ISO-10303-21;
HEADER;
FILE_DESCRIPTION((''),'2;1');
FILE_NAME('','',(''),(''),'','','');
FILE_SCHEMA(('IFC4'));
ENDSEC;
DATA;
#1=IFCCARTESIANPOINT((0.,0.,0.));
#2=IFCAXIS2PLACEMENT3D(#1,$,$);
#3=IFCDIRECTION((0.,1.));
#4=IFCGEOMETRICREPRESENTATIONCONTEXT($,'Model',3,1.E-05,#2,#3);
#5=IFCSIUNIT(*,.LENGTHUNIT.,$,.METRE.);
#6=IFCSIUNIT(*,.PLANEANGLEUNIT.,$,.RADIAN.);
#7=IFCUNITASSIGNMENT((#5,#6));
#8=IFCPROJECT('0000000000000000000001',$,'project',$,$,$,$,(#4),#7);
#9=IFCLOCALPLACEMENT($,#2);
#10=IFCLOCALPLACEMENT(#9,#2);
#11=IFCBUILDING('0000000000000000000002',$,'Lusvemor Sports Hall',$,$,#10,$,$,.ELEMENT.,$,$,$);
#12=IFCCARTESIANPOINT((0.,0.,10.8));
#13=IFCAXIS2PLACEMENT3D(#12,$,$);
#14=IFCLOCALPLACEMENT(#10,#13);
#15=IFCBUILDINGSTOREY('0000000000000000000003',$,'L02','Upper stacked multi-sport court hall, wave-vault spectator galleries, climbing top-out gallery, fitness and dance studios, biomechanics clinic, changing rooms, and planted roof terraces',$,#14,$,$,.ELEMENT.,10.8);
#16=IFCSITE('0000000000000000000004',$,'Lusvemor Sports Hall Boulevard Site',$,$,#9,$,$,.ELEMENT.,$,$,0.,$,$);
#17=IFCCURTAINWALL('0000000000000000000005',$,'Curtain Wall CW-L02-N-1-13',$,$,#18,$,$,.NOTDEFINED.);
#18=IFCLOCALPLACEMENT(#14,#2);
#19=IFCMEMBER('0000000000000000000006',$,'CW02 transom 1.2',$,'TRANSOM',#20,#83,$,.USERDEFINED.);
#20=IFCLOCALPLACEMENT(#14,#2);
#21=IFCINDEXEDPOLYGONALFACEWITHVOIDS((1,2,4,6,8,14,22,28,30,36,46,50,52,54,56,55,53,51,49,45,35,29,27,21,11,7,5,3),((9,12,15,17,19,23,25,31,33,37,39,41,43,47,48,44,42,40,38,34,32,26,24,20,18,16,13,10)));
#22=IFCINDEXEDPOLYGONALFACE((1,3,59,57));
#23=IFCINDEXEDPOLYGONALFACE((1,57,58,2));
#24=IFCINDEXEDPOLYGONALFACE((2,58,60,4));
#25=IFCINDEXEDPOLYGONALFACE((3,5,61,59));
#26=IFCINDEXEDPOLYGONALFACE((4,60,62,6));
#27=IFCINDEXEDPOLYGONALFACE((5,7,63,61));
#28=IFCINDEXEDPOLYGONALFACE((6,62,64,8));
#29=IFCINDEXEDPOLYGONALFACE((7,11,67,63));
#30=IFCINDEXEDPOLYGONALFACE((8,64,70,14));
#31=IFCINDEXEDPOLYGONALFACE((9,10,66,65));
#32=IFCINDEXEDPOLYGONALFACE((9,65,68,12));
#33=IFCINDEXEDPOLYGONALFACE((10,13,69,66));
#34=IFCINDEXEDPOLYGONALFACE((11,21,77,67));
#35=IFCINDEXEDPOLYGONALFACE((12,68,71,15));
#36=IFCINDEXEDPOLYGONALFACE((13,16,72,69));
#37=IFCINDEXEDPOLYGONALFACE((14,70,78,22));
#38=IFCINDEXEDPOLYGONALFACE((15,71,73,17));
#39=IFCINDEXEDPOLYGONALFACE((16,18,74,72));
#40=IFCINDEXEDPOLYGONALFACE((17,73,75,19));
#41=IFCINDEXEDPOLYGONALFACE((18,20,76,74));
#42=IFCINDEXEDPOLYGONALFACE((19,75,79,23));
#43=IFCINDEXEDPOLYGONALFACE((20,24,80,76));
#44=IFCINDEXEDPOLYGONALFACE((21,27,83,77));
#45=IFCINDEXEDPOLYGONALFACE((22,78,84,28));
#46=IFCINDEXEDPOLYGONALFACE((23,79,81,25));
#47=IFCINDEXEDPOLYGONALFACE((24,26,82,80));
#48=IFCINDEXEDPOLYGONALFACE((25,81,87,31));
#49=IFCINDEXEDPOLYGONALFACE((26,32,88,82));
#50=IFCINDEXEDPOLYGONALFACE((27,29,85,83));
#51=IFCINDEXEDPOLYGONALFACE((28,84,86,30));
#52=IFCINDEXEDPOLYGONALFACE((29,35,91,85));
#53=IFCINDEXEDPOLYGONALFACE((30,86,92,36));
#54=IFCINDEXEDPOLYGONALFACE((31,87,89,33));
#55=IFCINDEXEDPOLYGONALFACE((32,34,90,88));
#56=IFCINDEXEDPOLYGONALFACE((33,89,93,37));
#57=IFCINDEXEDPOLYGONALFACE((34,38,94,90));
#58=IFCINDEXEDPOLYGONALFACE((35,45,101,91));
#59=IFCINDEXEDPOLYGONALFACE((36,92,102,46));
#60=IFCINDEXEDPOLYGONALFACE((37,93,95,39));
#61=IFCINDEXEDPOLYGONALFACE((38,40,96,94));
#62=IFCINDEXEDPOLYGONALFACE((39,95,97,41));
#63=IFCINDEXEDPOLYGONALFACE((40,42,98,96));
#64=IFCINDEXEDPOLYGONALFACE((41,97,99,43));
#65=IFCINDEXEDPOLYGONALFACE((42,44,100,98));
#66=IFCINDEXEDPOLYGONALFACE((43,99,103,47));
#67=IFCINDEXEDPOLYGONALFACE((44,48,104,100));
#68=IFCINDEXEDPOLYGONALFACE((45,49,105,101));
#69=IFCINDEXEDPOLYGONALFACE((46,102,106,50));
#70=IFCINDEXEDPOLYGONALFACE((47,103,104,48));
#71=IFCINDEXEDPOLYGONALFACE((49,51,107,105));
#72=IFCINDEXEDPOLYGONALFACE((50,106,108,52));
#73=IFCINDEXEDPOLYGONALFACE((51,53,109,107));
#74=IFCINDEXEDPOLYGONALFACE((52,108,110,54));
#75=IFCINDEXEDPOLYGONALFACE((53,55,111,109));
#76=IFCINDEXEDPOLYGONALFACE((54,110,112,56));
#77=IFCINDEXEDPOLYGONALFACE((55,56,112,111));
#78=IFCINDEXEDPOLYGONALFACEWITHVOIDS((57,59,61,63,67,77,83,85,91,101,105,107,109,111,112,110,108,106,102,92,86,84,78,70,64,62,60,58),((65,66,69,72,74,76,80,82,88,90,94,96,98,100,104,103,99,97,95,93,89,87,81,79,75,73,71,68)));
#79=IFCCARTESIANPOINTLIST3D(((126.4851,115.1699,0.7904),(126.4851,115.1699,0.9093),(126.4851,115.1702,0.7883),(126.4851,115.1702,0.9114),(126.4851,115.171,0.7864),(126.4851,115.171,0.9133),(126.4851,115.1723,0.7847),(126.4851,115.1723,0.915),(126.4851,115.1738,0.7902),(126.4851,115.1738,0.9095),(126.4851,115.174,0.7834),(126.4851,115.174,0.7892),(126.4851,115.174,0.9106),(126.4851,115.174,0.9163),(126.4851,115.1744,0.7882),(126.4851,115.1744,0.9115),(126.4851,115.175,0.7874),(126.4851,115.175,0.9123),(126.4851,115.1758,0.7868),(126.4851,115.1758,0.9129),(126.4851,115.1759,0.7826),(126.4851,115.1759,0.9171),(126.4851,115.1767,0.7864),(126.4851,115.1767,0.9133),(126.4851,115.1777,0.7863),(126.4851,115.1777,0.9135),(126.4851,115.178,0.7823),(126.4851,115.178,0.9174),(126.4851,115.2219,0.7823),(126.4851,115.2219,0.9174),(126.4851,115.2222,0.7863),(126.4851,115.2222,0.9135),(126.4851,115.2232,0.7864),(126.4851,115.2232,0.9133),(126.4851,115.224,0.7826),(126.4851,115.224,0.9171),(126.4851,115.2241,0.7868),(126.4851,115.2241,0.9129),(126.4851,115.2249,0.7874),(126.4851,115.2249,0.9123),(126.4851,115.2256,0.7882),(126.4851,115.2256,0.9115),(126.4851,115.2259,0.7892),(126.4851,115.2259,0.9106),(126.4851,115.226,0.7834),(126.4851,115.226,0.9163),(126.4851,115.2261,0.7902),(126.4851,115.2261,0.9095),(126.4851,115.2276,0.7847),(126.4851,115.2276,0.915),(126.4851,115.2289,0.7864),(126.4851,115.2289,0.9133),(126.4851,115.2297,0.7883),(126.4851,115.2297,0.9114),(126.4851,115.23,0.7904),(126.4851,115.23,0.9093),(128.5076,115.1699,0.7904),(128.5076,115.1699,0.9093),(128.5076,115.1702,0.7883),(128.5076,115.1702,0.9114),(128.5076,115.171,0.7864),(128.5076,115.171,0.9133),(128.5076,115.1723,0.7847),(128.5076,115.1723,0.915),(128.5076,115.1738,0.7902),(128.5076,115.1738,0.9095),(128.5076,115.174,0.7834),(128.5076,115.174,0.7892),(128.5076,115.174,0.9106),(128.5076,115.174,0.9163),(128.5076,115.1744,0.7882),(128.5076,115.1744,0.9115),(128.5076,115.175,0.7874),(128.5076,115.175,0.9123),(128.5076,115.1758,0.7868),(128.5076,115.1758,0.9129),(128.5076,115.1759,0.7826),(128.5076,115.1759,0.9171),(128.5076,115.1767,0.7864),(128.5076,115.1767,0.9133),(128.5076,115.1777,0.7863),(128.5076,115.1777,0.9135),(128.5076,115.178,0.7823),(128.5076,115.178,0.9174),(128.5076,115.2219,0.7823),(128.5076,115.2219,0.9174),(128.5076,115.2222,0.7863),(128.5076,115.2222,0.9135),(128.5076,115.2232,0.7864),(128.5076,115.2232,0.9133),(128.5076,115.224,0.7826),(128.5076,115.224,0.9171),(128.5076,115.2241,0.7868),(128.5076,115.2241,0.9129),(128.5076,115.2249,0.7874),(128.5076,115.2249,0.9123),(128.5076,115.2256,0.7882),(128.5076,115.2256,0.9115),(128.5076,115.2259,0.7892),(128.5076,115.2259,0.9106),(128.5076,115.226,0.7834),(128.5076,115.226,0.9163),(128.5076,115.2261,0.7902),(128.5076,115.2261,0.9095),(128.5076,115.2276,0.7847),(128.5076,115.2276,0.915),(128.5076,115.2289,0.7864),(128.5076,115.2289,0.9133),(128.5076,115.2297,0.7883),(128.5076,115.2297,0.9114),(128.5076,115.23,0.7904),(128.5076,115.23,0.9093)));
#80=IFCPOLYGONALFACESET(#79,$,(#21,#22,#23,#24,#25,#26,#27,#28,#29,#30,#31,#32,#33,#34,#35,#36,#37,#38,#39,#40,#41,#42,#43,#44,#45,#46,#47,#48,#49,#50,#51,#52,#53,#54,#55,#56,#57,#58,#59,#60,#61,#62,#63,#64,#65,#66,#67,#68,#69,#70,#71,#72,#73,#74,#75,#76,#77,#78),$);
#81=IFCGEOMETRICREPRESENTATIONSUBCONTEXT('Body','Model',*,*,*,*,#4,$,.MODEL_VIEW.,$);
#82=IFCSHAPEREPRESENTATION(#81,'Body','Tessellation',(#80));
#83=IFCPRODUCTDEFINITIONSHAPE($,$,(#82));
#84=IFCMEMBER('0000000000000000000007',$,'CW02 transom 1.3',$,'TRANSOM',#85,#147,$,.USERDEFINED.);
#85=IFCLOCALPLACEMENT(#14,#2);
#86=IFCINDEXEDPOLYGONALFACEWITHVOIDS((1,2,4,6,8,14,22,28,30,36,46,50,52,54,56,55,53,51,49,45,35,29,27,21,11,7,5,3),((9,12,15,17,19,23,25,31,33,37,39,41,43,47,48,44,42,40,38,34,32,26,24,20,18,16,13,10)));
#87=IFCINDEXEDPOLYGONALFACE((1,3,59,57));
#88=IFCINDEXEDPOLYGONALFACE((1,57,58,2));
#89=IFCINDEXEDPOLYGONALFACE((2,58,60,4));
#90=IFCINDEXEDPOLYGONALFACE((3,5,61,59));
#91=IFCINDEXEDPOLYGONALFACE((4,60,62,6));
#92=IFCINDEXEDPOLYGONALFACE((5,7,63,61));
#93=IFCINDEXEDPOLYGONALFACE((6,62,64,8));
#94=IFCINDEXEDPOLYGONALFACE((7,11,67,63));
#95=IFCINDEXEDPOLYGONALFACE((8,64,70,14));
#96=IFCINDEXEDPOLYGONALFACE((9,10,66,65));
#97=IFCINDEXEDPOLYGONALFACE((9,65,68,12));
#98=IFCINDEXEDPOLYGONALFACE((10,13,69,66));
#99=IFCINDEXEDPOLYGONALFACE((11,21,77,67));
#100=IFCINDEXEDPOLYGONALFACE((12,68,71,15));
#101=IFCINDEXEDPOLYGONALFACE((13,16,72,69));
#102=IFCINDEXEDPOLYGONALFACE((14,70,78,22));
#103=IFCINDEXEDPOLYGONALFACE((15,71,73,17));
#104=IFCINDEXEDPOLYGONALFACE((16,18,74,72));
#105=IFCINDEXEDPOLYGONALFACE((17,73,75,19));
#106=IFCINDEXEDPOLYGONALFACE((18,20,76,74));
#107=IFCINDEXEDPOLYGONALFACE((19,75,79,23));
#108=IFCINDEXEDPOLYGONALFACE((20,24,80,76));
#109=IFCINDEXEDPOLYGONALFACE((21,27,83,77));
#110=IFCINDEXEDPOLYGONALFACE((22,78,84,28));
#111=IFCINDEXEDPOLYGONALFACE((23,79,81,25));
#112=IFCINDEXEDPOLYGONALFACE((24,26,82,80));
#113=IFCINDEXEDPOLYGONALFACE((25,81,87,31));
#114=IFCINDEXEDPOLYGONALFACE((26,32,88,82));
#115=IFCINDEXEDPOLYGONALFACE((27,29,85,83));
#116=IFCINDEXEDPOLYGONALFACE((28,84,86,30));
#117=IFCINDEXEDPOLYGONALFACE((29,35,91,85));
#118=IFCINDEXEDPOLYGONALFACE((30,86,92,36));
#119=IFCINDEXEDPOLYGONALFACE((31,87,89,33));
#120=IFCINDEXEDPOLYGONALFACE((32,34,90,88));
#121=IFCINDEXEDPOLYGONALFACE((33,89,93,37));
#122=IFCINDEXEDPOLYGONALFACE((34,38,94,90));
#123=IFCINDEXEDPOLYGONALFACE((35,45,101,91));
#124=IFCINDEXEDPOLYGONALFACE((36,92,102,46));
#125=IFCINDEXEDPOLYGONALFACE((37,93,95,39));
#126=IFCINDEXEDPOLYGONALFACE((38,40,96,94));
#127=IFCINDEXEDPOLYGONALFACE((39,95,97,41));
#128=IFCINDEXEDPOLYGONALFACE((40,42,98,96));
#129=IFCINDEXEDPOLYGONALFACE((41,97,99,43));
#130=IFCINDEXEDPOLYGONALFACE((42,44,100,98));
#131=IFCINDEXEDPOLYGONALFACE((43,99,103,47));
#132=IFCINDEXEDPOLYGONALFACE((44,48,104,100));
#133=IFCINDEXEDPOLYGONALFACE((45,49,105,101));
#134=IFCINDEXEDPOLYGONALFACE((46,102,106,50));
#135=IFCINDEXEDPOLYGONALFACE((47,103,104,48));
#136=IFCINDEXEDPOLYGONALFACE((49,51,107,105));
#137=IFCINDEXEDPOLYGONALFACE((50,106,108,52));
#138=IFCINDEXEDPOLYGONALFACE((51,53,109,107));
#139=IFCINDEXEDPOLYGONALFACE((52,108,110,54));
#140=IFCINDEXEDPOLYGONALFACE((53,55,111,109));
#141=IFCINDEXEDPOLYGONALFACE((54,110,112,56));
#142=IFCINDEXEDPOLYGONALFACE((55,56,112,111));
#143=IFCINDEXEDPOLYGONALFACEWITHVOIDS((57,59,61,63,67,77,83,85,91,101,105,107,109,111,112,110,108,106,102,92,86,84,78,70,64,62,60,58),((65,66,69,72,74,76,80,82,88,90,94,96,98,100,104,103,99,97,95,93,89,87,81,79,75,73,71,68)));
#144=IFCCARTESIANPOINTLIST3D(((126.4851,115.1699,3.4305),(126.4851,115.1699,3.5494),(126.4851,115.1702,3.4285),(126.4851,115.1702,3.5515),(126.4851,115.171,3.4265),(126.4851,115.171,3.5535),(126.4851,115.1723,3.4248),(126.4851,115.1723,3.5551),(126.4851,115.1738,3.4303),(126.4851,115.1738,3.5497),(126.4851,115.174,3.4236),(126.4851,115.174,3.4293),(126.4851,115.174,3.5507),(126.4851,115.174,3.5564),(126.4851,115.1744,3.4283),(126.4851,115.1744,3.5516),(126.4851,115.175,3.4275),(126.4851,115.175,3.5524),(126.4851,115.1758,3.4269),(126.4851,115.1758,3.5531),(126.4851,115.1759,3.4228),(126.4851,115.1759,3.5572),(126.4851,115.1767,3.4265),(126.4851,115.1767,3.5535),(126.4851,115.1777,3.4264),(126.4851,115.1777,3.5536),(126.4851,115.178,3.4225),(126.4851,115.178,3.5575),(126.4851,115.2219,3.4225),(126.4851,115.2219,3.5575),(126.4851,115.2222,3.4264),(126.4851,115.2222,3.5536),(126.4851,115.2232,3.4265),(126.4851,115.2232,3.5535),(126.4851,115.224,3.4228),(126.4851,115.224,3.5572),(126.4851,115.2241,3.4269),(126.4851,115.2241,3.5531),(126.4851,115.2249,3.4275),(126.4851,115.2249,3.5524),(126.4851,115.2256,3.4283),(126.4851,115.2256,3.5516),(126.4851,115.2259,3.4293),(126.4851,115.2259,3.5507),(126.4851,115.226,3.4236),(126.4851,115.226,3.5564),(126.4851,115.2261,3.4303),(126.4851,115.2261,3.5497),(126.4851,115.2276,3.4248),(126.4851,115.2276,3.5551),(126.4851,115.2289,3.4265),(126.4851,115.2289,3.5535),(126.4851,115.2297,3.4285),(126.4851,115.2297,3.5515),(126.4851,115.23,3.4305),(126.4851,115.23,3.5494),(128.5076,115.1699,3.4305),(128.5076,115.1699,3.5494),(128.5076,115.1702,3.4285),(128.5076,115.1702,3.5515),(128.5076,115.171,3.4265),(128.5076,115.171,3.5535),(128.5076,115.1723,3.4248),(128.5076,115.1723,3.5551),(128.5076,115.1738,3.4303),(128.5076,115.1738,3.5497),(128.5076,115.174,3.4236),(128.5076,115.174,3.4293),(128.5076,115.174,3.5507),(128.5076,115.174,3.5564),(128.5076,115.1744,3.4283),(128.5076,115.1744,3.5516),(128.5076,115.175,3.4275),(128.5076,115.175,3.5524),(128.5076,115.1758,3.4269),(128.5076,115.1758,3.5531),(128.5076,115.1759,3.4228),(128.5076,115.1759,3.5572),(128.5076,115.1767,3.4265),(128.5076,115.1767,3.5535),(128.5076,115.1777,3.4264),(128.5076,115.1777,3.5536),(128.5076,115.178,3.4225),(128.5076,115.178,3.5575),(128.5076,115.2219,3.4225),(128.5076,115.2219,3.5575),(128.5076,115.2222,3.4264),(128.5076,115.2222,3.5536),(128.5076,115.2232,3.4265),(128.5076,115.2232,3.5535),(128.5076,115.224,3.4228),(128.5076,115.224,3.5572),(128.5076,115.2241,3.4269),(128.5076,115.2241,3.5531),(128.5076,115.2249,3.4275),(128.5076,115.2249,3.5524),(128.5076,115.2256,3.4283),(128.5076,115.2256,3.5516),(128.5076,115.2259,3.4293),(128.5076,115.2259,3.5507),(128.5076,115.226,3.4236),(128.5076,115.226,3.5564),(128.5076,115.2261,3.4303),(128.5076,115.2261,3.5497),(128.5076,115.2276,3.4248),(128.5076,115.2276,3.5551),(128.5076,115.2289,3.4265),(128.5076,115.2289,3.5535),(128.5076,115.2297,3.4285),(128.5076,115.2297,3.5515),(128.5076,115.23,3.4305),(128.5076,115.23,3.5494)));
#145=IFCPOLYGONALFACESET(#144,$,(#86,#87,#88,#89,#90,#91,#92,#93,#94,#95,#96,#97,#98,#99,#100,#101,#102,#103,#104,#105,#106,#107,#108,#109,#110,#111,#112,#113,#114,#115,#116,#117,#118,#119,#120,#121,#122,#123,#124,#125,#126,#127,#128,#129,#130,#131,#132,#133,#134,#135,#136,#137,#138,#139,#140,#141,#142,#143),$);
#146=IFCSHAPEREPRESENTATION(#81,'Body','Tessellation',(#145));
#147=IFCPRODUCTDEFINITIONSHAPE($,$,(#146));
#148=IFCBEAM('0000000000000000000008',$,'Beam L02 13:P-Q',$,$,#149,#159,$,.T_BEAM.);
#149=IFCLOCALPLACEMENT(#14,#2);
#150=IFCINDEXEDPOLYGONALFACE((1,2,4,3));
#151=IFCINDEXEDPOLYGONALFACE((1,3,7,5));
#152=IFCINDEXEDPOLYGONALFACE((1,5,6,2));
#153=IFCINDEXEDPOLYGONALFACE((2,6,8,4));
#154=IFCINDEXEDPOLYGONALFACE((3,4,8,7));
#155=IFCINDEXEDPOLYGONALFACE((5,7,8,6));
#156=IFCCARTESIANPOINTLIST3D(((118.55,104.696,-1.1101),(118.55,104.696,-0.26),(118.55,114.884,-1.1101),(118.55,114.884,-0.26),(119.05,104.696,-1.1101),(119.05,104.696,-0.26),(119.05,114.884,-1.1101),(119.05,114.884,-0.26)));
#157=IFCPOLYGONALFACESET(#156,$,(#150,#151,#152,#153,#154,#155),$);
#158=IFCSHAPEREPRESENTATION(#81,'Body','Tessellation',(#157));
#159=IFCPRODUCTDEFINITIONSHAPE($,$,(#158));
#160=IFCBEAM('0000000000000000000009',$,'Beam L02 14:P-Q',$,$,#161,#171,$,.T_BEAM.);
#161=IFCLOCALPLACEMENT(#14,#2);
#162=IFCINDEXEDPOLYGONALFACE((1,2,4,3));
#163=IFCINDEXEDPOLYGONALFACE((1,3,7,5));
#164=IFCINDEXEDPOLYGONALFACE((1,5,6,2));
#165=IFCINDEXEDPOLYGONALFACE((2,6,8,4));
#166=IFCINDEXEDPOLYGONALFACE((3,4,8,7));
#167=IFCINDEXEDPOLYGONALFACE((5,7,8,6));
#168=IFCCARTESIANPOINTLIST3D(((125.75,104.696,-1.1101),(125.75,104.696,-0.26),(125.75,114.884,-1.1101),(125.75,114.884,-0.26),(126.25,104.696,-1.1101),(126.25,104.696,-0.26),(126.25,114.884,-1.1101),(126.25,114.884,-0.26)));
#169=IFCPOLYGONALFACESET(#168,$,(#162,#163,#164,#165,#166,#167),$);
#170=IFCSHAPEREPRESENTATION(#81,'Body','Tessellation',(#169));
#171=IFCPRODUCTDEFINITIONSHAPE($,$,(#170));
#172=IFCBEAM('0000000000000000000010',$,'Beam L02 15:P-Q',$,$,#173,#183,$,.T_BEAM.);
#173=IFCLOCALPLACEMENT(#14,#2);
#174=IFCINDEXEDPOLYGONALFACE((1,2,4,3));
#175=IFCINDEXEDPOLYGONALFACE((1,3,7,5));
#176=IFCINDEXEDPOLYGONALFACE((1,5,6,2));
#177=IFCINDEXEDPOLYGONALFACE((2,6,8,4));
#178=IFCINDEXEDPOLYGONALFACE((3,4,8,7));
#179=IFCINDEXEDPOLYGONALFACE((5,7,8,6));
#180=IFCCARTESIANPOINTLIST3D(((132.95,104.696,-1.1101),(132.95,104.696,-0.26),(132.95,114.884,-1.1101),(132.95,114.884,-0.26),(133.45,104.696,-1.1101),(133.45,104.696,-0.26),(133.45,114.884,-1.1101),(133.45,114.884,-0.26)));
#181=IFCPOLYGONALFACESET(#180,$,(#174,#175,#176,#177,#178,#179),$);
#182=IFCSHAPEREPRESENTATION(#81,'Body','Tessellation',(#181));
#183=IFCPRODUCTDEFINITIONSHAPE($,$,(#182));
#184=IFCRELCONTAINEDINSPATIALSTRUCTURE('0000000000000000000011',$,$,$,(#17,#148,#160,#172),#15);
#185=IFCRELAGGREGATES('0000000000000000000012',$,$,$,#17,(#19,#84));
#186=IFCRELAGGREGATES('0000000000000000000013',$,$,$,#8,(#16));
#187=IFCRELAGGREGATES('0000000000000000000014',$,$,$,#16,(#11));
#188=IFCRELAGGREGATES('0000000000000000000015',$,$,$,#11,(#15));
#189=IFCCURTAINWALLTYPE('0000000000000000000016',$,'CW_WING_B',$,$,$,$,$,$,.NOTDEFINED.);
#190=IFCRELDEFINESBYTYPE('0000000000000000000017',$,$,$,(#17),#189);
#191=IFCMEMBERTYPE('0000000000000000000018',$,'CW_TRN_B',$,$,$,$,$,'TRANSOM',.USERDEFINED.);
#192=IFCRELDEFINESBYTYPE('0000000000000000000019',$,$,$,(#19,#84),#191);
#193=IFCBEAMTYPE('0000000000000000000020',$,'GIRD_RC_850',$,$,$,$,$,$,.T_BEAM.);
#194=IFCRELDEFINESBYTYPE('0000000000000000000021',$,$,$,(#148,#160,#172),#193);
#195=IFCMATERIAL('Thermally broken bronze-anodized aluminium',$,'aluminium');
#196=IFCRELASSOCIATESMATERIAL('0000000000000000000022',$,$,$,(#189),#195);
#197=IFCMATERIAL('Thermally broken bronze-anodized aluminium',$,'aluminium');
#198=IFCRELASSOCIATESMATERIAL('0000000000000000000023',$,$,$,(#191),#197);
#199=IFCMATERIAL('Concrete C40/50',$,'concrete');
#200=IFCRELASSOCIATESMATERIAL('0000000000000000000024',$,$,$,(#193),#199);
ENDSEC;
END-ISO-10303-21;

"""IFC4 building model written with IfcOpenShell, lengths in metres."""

from ifc_helpers import new_model, si_unit, direction, frame, origin, origin_2d, place, context, subcontext, project, spatial, rectangle, hollow_rectangle, extrude, material, material_profile, profile_set, type_object, element, aggregate, save


model = new_model("IFC4")

# Units and contexts
model_context = context("Model", 3, precision=1e-05, world=origin(), true_north=direction((0.0, 1.0)))
body_context = subcontext(model_context, "Body", "Model", "MODEL_VIEW")
ifc_project = project(units=[si_unit("LENGTHUNIT", "METRE"), si_unit("PLANEANGLEUNIT", "RADIAN")], contexts=[model_context])

# Site, building, storey
site_placement = place(None, origin())
site = spatial("IfcSite", under=ifc_project, at=site_placement, Name="Lusvemor Sports Hall Boulevard Site", CompositionType="ELEMENT", RefElevation=0.0)
building_placement = place(site_placement, origin())
building = spatial("IfcBuilding", under=site, at=building_placement, Name="Lusvemor Sports Hall", CompositionType="ELEMENT")
storey_placement = place(building_placement, frame((0.0, 0.0, 10.8)))
storey = spatial("IfcBuildingStorey", under=building, at=storey_placement, Name="L02", Description="Upper stacked multi-sport court hall, wave-vault spectator galleries, climbing top-out gallery, fitness and dance studios, biomechanics clinic, changing rooms, and planted roof terraces", CompositionType="ELEMENT", Elevation=10.8)

# Shared definitions
ifc_material_1 = material(Name="Thermally broken bronze-anodized aluminium", Category="aluminium")
curtain_wall_type = type_object("IfcCurtainWallType", Name="CW_WING_B", PredefinedType="NOTDEFINED", material=ifc_material_1)

# Curtain wall
curtain_wall_1_placement = place(storey_placement, origin())
curtain_wall_1 = element("IfcCurtainWall", 1, at=curtain_wall_1_placement, inside=storey, type_object=curtain_wall_type, Name="Curtain Wall CW-L02-N-1-13", PredefinedType="NOTDEFINED")

# Members
ifc_material_2 = material(Name="Thermally broken bronze-anodized aluminium", Category="aluminium")
ifc_material_profile_1 = material_profile(ifc_material_2, hollow_rectangle(XDim=0.0601, YDim=0.135, WallThickness=0.0039, InnerFilletRadius=0.0039, OuterFilletRadius=0.0081, at=origin_2d()), Name="CWTRN135x60x4")
ifc_profile_set_1 = profile_set([ifc_material_profile_1], Name="Thermally broken bronze-anodized aluminium")
member_type_1 = type_object("IfcMemberType", Name="CW_TRN_B", ElementType="TRANSOM", PredefinedType="USERDEFINED", material=ifc_profile_set_1)
member_1_placement = place(storey_placement, frame((126.4851, 115.2, 0.8499), z_axis=(1.0, 0.0, 0.0), x_axis=(0.0, 1.0, 0.0)))
member_1 = element("IfcMember", 2, at=member_1_placement, type_object=member_type_1, Name="CW02 transom 1.2", ObjectType="TRANSOM", PredefinedType="USERDEFINED", context=body_context, shape_type="SweptSolid", body=[
    extrude(hollow_rectangle(XDim=0.0601, YDim=0.135, WallThickness=0.0039, InnerFilletRadius=0.0039, OuterFilletRadius=0.0081, at=origin_2d()), origin(), (0.0, 0.0, 1.0), 2.0225),
])
member_2_placement = place(storey_placement, frame((126.4851, 115.2, 3.49), z_axis=(1.0, 0.0, 0.0), x_axis=(0.0, 1.0, 0.0)))
member_2 = element("IfcMember", 3, at=member_2_placement, type_object=member_type_1, Name="CW02 transom 1.3", ObjectType="TRANSOM", PredefinedType="USERDEFINED", context=body_context, shape_type="SweptSolid", body=[
    extrude(hollow_rectangle(XDim=0.0601, YDim=0.135, WallThickness=0.0039, InnerFilletRadius=0.0039, OuterFilletRadius=0.0081, at=origin_2d()), origin(), (0.0, 0.0, 1.0), 2.0225),
])

# Beams
ifc_material_3 = material(Name="Concrete C40/50", Category="concrete")
ifc_material_profile_2 = material_profile(ifc_material_3, rectangle(XDim=0.5, YDim=0.8501, at=origin_2d()), Name="RC500x850")
ifc_profile_set_2 = profile_set([ifc_material_profile_2], Name="Concrete C40/50")
beam_type_1 = type_object("IfcBeamType", Name="GIRD_RC_850", PredefinedType="T_BEAM", material=ifc_profile_set_2)
for number, where, z_axis, x_axis, name in (
    (4, (118.8, 104.696, -0.6851), (0.0, 1.0, 0.0), (-1.0, 0.0, 0.0), "Beam L02 13:P-Q"),
    (5, (126.0, 104.696, -0.6851), (0.0, 1.0, 0.0), (-1.0, 0.0, 0.0), "Beam L02 14:P-Q"),
    (6, (133.2, 104.696, -0.6851), (0.0, 1.0, 0.0), (-1.0, 0.0, 0.0), "Beam L02 15:P-Q"),
):
    element("IfcBeam", number, at=place(storey_placement, frame(where, z_axis=z_axis, x_axis=x_axis)), inside=storey, type_object=beam_type_1, Name=name, PredefinedType="T_BEAM", context=body_context, shape_type="SweptSolid", body=[
        extrude(rectangle(XDim=0.5, YDim=0.8501, at=origin_2d()), origin(), (0.0, 0.0, 1.0), 10.188),
    ])

aggregate(curtain_wall_1, [member_1, member_2])

save(model, "model.ifc")
